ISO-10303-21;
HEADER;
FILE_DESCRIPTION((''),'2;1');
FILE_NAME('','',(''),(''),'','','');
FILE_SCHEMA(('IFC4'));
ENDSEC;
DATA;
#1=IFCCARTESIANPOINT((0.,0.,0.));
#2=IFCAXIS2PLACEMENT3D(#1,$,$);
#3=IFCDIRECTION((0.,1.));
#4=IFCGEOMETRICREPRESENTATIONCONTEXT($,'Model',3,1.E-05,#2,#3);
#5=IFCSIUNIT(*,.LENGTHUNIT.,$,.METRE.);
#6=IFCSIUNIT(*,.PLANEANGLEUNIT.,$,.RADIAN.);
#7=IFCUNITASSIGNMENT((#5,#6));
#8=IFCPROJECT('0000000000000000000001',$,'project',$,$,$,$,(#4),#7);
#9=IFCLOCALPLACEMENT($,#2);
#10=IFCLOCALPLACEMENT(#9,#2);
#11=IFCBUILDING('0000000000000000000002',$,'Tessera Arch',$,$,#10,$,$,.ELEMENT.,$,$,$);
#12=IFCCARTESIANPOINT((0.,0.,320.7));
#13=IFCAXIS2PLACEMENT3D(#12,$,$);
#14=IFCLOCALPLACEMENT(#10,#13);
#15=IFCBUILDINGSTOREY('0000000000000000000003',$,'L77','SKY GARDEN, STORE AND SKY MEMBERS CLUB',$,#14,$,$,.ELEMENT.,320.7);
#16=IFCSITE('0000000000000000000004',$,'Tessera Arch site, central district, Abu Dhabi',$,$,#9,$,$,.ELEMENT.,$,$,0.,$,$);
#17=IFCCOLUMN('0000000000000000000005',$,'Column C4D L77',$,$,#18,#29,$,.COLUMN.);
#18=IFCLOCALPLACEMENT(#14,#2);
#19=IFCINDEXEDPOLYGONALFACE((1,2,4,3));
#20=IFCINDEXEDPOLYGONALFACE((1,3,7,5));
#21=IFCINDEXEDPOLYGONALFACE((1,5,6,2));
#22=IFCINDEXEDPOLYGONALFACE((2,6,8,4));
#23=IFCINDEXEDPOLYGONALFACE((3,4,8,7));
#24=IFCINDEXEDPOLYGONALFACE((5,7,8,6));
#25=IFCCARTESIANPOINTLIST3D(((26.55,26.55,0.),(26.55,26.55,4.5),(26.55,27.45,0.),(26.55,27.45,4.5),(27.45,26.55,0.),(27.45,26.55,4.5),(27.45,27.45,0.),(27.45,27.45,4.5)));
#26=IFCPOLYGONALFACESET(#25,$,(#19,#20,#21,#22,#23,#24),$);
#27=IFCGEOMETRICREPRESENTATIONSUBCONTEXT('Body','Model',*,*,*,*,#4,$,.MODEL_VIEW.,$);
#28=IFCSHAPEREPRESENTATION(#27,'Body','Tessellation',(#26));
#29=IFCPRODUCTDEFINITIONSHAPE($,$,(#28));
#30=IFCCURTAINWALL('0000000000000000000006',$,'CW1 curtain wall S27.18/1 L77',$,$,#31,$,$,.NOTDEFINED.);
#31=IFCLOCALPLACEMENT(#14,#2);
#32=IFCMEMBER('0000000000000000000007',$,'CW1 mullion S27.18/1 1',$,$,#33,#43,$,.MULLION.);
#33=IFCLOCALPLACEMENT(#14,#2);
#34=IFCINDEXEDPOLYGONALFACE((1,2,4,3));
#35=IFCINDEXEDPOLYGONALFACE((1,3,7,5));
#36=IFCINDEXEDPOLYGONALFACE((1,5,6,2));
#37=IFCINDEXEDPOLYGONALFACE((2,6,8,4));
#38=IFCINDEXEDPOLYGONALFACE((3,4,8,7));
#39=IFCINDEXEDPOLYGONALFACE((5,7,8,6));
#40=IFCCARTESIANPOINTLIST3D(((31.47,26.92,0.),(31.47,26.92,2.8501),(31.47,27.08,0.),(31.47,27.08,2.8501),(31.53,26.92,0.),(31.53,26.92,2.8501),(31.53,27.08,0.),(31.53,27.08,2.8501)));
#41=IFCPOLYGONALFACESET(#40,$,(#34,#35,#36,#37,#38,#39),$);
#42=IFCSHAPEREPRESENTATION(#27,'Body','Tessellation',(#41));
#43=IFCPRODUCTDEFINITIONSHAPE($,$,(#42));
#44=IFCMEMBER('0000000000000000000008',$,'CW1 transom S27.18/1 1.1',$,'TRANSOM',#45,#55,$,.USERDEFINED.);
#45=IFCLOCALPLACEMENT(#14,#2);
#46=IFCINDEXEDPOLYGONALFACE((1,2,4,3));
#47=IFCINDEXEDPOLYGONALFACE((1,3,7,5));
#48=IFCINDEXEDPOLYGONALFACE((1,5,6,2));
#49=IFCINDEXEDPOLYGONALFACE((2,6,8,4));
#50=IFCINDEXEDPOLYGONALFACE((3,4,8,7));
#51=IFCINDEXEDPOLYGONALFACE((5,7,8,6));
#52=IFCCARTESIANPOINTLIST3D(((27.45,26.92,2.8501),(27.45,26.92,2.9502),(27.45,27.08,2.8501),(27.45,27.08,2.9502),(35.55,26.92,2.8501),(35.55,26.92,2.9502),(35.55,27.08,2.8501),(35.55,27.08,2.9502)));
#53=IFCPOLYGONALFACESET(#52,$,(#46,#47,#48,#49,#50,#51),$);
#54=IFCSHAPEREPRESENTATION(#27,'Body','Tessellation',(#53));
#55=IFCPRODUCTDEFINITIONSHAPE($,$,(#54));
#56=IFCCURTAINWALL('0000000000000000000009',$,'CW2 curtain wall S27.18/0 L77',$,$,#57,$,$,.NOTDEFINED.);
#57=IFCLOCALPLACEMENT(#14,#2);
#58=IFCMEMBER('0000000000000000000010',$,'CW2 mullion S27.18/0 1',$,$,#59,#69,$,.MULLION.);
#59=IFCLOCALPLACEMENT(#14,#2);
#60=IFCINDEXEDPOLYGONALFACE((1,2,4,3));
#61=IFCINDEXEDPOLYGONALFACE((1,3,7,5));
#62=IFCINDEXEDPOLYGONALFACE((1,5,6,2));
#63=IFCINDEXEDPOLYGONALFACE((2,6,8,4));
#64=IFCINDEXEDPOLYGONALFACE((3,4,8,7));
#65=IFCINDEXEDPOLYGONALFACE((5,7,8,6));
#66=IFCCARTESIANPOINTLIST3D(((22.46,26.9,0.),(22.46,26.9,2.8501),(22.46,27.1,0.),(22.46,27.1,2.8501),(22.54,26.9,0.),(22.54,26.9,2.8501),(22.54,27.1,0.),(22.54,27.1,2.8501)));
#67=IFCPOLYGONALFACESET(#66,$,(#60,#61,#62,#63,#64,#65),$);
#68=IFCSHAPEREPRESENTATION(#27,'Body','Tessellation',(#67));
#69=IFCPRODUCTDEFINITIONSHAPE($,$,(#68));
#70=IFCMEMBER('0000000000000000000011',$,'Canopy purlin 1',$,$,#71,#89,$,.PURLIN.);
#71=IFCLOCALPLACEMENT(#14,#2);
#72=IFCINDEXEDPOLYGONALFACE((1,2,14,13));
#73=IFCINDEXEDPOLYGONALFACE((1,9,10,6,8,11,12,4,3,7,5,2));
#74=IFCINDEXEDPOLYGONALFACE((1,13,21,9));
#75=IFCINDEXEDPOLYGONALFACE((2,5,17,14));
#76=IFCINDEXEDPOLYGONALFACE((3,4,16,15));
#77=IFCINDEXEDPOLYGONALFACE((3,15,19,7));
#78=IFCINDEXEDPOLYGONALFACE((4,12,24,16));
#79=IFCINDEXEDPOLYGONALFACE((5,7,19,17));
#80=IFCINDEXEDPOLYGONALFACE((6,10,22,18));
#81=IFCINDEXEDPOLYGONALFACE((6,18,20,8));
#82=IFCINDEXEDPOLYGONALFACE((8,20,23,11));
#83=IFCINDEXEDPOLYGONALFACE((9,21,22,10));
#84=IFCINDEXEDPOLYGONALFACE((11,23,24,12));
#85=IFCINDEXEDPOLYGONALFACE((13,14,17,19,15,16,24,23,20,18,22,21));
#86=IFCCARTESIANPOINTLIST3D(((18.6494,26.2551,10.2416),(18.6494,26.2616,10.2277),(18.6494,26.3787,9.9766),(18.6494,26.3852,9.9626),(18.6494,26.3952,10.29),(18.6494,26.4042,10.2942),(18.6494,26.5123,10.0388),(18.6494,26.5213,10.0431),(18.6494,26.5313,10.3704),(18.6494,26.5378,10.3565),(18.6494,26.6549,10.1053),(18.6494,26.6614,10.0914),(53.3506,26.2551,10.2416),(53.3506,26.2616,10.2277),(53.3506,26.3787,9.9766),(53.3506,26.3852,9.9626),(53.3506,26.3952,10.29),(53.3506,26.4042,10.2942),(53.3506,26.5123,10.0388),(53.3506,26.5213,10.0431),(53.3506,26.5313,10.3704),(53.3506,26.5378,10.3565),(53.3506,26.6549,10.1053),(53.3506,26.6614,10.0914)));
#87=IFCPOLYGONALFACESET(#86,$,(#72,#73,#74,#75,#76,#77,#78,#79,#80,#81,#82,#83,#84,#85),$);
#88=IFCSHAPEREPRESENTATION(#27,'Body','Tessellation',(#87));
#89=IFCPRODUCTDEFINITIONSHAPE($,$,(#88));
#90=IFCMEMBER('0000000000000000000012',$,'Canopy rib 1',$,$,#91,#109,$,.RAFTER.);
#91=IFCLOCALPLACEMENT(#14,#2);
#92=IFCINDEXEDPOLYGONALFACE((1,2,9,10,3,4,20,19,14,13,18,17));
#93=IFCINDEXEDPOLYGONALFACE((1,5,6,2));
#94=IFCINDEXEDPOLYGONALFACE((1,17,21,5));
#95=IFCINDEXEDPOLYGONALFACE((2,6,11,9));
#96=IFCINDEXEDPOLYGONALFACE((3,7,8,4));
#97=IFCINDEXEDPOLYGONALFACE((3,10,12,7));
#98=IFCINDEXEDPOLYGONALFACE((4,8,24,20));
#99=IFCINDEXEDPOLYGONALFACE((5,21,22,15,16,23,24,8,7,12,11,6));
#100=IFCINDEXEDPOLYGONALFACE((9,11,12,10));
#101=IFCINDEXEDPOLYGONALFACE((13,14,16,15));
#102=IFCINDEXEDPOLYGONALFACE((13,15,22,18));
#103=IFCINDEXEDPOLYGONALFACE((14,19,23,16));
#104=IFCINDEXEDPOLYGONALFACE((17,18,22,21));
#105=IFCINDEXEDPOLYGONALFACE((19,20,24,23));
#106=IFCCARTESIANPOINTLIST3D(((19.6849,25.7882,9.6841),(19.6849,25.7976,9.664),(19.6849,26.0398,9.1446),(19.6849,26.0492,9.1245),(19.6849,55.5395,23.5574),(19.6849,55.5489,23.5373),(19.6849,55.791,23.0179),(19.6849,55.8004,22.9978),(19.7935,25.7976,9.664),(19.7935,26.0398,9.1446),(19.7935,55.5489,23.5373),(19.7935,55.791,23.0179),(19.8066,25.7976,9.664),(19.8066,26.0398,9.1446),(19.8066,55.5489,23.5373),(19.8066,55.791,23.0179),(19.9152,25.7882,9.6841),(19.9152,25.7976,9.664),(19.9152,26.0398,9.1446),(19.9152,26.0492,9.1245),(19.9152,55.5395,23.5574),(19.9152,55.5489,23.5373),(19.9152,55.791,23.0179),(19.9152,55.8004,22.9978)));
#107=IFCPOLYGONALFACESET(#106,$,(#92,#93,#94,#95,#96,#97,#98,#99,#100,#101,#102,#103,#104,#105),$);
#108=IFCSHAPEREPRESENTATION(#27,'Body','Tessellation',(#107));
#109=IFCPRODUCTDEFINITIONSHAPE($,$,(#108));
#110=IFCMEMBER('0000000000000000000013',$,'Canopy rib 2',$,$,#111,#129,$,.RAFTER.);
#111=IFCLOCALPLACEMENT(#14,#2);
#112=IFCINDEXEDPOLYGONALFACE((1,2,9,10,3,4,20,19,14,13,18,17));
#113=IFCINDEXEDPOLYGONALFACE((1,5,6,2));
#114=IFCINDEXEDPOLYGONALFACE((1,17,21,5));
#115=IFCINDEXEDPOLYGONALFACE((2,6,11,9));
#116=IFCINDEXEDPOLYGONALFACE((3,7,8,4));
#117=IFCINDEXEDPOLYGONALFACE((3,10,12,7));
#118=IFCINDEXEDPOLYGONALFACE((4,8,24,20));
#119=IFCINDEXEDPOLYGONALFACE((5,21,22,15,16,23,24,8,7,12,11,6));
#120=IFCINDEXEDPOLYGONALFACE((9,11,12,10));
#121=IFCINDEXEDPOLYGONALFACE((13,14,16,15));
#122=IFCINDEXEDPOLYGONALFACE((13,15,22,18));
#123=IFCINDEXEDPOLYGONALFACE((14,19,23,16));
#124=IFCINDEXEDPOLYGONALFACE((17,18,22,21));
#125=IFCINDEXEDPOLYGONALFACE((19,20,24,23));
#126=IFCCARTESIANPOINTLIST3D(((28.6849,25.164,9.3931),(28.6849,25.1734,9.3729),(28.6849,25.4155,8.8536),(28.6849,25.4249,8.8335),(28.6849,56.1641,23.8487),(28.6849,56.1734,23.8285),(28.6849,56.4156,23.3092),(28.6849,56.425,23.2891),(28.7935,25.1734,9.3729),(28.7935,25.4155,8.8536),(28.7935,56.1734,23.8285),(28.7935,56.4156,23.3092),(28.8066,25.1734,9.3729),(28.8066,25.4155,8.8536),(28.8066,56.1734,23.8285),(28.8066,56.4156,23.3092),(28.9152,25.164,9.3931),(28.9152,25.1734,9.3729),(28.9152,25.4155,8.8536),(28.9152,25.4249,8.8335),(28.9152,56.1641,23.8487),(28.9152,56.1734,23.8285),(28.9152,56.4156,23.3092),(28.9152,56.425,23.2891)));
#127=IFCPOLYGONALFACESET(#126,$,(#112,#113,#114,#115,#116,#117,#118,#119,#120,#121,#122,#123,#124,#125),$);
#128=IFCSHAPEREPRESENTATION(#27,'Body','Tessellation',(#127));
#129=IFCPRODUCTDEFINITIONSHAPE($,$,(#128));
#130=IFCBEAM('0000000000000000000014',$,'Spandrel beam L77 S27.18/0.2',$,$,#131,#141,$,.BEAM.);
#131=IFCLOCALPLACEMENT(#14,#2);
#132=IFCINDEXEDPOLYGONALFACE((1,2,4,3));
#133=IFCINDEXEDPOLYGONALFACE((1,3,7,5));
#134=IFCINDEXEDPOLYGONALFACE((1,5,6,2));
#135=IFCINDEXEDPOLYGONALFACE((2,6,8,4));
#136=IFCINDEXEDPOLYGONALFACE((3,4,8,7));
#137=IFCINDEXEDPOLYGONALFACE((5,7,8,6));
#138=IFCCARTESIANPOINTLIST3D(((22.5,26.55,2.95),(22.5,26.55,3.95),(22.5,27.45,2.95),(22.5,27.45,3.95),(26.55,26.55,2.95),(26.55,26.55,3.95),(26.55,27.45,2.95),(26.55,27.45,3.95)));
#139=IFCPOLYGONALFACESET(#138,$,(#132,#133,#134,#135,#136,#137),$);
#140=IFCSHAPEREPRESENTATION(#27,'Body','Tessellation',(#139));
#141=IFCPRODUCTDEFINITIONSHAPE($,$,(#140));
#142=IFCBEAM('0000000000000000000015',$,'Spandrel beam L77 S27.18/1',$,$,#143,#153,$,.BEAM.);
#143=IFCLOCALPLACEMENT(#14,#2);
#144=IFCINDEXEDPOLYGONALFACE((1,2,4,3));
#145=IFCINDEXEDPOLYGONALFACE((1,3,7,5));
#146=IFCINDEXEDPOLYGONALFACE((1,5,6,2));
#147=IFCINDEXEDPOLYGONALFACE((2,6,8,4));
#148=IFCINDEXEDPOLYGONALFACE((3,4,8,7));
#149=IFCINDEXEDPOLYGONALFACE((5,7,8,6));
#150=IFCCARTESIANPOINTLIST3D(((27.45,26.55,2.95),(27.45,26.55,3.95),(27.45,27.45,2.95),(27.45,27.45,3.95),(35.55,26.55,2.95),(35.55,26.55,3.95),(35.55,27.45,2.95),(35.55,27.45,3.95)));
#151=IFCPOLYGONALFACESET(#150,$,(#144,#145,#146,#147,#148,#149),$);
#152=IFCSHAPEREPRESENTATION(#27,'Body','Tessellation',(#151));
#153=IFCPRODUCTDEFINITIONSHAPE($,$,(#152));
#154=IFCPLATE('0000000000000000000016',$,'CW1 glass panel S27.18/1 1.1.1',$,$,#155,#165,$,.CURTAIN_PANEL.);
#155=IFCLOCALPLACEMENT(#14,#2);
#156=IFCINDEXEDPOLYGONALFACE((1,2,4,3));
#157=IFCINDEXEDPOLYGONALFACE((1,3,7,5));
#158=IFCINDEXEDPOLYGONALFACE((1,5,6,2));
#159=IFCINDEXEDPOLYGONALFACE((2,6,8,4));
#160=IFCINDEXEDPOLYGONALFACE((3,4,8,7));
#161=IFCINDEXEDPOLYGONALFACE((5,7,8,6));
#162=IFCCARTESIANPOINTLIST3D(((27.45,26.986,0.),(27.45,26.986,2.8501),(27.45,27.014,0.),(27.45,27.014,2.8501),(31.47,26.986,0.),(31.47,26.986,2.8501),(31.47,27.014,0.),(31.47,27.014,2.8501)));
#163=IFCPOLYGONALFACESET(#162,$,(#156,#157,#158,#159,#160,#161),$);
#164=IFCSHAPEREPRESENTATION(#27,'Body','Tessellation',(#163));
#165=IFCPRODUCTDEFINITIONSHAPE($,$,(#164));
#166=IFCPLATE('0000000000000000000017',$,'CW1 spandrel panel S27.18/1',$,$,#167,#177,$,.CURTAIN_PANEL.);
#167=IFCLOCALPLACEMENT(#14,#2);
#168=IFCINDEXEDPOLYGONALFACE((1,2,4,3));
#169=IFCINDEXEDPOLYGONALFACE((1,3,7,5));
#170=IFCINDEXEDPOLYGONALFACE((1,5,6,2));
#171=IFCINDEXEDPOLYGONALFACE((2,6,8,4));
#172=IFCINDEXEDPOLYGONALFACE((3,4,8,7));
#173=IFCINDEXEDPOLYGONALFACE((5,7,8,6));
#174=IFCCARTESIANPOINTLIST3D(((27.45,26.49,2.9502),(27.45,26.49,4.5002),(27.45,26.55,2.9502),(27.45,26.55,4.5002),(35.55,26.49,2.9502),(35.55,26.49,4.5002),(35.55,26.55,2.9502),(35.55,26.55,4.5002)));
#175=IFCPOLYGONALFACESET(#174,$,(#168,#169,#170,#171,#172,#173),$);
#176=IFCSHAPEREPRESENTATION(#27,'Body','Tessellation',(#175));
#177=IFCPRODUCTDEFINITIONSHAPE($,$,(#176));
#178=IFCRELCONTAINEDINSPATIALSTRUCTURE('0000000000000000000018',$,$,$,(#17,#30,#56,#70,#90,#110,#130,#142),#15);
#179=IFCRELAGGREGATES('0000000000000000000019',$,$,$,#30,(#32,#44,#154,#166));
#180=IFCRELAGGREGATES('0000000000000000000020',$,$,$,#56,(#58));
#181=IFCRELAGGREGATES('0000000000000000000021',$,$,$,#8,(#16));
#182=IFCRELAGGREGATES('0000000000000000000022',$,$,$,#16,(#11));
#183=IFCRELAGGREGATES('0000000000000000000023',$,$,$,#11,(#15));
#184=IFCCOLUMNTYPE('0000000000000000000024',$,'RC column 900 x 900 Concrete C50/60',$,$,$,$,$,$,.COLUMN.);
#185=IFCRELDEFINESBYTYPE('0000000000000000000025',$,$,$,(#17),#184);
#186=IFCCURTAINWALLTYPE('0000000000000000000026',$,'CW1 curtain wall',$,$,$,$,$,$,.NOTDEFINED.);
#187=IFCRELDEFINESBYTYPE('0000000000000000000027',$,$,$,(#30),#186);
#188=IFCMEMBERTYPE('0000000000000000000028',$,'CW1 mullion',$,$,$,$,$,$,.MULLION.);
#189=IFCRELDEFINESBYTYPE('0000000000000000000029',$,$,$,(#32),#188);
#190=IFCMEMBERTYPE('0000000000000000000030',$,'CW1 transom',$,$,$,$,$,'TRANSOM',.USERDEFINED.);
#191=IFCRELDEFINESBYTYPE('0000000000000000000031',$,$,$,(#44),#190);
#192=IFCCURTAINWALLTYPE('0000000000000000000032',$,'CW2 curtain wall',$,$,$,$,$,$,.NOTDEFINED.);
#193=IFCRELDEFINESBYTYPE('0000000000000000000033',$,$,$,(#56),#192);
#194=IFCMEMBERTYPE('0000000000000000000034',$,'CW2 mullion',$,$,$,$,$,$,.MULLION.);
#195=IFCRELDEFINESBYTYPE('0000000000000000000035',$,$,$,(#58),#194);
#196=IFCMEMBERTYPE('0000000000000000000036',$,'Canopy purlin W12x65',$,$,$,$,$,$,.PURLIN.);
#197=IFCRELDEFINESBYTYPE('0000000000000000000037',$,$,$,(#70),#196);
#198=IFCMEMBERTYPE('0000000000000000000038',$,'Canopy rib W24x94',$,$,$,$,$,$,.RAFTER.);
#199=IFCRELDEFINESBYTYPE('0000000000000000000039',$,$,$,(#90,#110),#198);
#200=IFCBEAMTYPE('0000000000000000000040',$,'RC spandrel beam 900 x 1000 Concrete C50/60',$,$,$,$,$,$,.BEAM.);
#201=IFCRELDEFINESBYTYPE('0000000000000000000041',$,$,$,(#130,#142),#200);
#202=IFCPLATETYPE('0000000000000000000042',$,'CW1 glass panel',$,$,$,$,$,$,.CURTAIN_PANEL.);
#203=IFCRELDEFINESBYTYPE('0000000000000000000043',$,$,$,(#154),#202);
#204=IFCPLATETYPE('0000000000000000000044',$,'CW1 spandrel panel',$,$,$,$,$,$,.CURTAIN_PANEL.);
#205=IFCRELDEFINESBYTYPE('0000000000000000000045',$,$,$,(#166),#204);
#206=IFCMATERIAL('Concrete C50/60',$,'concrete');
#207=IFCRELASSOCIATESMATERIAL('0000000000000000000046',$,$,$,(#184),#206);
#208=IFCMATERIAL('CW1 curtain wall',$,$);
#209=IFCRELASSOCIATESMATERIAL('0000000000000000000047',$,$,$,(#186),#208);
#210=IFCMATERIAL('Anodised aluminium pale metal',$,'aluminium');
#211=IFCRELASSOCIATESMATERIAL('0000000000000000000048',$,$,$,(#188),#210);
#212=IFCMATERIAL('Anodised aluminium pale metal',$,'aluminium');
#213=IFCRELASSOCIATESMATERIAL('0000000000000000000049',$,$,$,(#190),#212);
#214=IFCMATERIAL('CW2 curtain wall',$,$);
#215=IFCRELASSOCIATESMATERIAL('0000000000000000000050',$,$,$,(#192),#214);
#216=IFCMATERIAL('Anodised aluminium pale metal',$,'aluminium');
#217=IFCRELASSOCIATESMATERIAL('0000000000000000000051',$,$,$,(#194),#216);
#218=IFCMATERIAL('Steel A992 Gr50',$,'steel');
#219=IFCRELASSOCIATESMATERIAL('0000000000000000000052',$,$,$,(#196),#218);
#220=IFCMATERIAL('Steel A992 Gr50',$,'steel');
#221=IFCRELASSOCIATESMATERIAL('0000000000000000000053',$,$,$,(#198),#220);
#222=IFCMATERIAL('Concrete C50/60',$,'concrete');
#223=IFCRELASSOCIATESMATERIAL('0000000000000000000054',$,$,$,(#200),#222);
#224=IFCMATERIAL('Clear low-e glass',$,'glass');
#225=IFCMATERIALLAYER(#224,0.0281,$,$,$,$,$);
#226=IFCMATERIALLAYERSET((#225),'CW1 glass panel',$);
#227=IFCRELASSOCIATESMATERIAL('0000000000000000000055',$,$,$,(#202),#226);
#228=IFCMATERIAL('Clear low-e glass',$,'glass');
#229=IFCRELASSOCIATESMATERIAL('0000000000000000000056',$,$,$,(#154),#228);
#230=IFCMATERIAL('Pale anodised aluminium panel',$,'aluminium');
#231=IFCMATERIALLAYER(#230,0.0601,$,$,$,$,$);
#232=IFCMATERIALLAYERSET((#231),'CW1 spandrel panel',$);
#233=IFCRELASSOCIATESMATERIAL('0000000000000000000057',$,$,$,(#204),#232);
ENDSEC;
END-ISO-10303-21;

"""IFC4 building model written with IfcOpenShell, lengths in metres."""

from ifc_helpers import new_model, si_unit, direction, frame, origin, origin_2d, place, context, subcontext, project, spatial, rectangle, i_section, extrude, material, layer, layer_set, material_profile, profile_set, type_object, element, aggregate, save


model = new_model("IFC4")

# Units and contexts
model_context = context("Model", 3, precision=1e-05, world=origin(), true_north=direction((0.0, 1.0)))
body_context = subcontext(model_context, "Body", "Model", "MODEL_VIEW")
ifc_project = project(units=[si_unit("LENGTHUNIT", "METRE"), si_unit("PLANEANGLEUNIT", "RADIAN")], contexts=[model_context])

# Site, building, storey
site_placement = place(None, origin())
site = spatial("IfcSite", under=ifc_project, at=site_placement, Name="Tessera Arch site, central district, Abu Dhabi", CompositionType="ELEMENT", RefElevation=0.0)
building_placement = place(site_placement, origin())
building = spatial("IfcBuilding", under=site, at=building_placement, Name="Tessera Arch", CompositionType="ELEMENT")
storey_placement = place(building_placement, frame((0.0, 0.0, 320.7)))
storey = spatial("IfcBuildingStorey", under=building, at=storey_placement, Name="L77", Description="SKY GARDEN, STORE AND SKY MEMBERS CLUB", CompositionType="ELEMENT", Elevation=320.7)

# Column
ifc_material_1 = material(Name="Concrete C50/60", Category="concrete")
ifc_material_profile_1 = material_profile(ifc_material_1, rectangle(XDim=0.8999, YDim=0.8999, at=origin_2d()), Name="RC column 900 x 900 Concrete C50/60")
ifc_profile_set_1 = profile_set([ifc_material_profile_1], Name="Concrete C50/60")
column_type = type_object("IfcColumnType", Name="RC column 900 x 900 Concrete C50/60", PredefinedType="COLUMN", material=ifc_profile_set_1)
column_placement = place(storey_placement, frame((27.0, 27.0, 0.0), z_axis=(0.0, 0.0, 1.0), x_axis=(1.0, 0.0, 0.0)))
element("IfcColumn", 1, at=column_placement, inside=storey, type_object=column_type, Name="Column C4D L77", PredefinedType="COLUMN", context=body_context, shape_type="SweptSolid", body=[
    extrude(rectangle(XDim=0.8999, YDim=0.8999, at=origin_2d()), origin(), (0.0, 0.0, 1.0), 4.5),
])

# Curtain wall, members
ifc_material_2 = material(Name="CW1 curtain wall")
curtain_wall_type_1 = type_object("IfcCurtainWallType", Name="CW1 curtain wall", PredefinedType="NOTDEFINED", material=ifc_material_2)
curtain_wall_1_placement = place(storey_placement, origin())
curtain_wall_1 = element("IfcCurtainWall", 2, at=curtain_wall_1_placement, inside=storey, type_object=curtain_wall_type_1, Name="CW1 curtain wall S27.18/1 L77", PredefinedType="NOTDEFINED")
ifc_material_3 = material(Name="Anodised aluminium pale metal", Category="aluminium")
ifc_material_profile_2 = material_profile(ifc_material_3, rectangle(XDim=0.1599, YDim=0.0601, at=origin_2d()), Name="AL 60x160")
ifc_profile_set_2 = profile_set([ifc_material_profile_2], Name="Anodised aluminium pale metal")
member_type_1 = type_object("IfcMemberType", Name="CW1 mullion", PredefinedType="MULLION", material=ifc_profile_set_2)
member_1_placement = place(storey_placement, frame((31.5, 27.0, 0.0), z_axis=(0.0, 0.0, 1.0), x_axis=(0.0, 1.0, 0.0)))
member_1 = element("IfcMember", 3, at=member_1_placement, type_object=member_type_1, Name="CW1 mullion S27.18/1 1", PredefinedType="MULLION", context=body_context, shape_type="SweptSolid", body=[
    extrude(rectangle(XDim=0.1599, YDim=0.0601, at=origin_2d()), origin(), (0.0, 0.0, 1.0), 2.8501),
])
ifc_material_4 = material(Name="Anodised aluminium pale metal", Category="aluminium")
ifc_material_profile_3 = material_profile(ifc_material_4, rectangle(XDim=0.1599, YDim=0.1001, at=origin_2d()), Name="AL 160x100")
ifc_profile_set_3 = profile_set([ifc_material_profile_3], Name="Anodised aluminium pale metal")
member_type_2 = type_object("IfcMemberType", Name="CW1 transom", ElementType="TRANSOM", PredefinedType="USERDEFINED", material=ifc_profile_set_3)
member_2_placement = place(storey_placement, frame((27.45, 27.0, 2.9001), z_axis=(1.0, 0.0, 0.0), x_axis=(0.0, 1.0, 0.0)))
member_2 = element("IfcMember", 4, at=member_2_placement, type_object=member_type_2, Name="CW1 transom S27.18/1 1.1", ObjectType="TRANSOM", PredefinedType="USERDEFINED", context=body_context, shape_type="SweptSolid", body=[
    extrude(rectangle(XDim=0.1599, YDim=0.1001, at=origin_2d()), origin(), (0.0, 0.0, 1.0), 8.1001),
])

# Curtain wall, member
ifc_material_5 = material(Name="CW2 curtain wall")
curtain_wall_type_2 = type_object("IfcCurtainWallType", Name="CW2 curtain wall", PredefinedType="NOTDEFINED", material=ifc_material_5)
curtain_wall_2_placement = place(storey_placement, origin())
curtain_wall_2 = element("IfcCurtainWall", 5, at=curtain_wall_2_placement, inside=storey, type_object=curtain_wall_type_2, Name="CW2 curtain wall S27.18/0 L77", PredefinedType="NOTDEFINED")
ifc_material_6 = material(Name="Anodised aluminium pale metal", Category="aluminium")
ifc_material_profile_4 = material_profile(ifc_material_6, rectangle(XDim=0.2, YDim=0.0801, at=origin_2d()), Name="AL 80x200")
ifc_profile_set_4 = profile_set([ifc_material_profile_4], Name="Anodised aluminium pale metal")
member_type_3 = type_object("IfcMemberType", Name="CW2 mullion", PredefinedType="MULLION", material=ifc_profile_set_4)
member_3_placement = place(storey_placement, frame((22.5, 27.0, 0.0), z_axis=(0.0, 0.0, 1.0), x_axis=(0.0, 1.0, 0.0)))
member_3 = element("IfcMember", 6, at=member_3_placement, type_object=member_type_3, Name="CW2 mullion S27.18/0 1", PredefinedType="MULLION", context=body_context, shape_type="SweptSolid", body=[
    extrude(rectangle(XDim=0.2, YDim=0.0801, at=origin_2d()), origin(), (0.0, 0.0, 1.0), 2.8501),
])

# Members
ifc_material_7 = material(Name="Steel A992 Gr50", Category="steel")
ifc_material_profile_5 = material_profile(ifc_material_7, i_section(OverallWidth=0.3047, OverallDepth=0.3079, WebThickness=0.01, FlangeThickness=0.0154, at=origin_2d()), Name="W12x65")
ifc_profile_set_5 = profile_set([ifc_material_profile_5], Name="Steel A992 Gr50")
member_type_4 = type_object("IfcMemberType", Name="Canopy purlin W12x65", PredefinedType="PURLIN", material=ifc_profile_set_5)
member_4_placement = place(storey_placement, frame((18.6494, 26.4583, 10.1665), z_axis=(1.0, 0.0, 0.0), x_axis=(0.0, 0.906308, 0.422618)))
element("IfcMember", 7, at=member_4_placement, inside=storey, type_object=member_type_4, Name="Canopy purlin 1", PredefinedType="PURLIN", context=body_context, shape_type="SweptSolid", body=[
    extrude(i_section(OverallWidth=0.3047, OverallDepth=0.3079, WebThickness=0.01, FlangeThickness=0.0154, at=origin_2d()), origin(), (0.0, 0.0, 1.0), 34.7012),
])
ifc_material_8 = material(Name="Steel A992 Gr50", Category="steel")
ifc_material_profile_6 = material_profile(ifc_material_8, i_section(OverallWidth=0.2302, OverallDepth=0.6174, WebThickness=0.0132, FlangeThickness=0.0222, at=origin_2d()), Name="W24x94")
ifc_profile_set_6 = profile_set([ifc_material_profile_6], Name="Steel A992 Gr50")
member_type_5 = type_object("IfcMemberType", Name="Canopy rib W24x94", PredefinedType="RAFTER", material=ifc_profile_set_6)
member_5_placement = place(storey_placement, frame((19.8, 25.9187, 9.4043), z_axis=(0.0, 0.906307, 0.42262), x_axis=(-1.0, 0.0, 0.0)))
element("IfcMember", 8, at=member_5_placement, inside=storey, type_object=member_type_5, Name="Canopy rib 1", PredefinedType="RAFTER", context=body_context, shape_type="SweptSolid", body=[
    extrude(i_section(OverallWidth=0.2302, OverallDepth=0.6174, WebThickness=0.0132, FlangeThickness=0.0222, at=origin_2d()), origin(), (0.0, 0.0, 1.0), 32.8269),
])
member_6_placement = place(storey_placement, frame((28.8, 25.2944, 9.1133), z_axis=(0.0, 0.906307, 0.422619), x_axis=(-1.0, 0.0, 0.0)))
element("IfcMember", 9, at=member_6_placement, inside=storey, type_object=member_type_5, Name="Canopy rib 2", PredefinedType="RAFTER", context=body_context, shape_type="SweptSolid", body=[
    extrude(i_section(OverallWidth=0.2302, OverallDepth=0.6174, WebThickness=0.0132, FlangeThickness=0.0222, at=origin_2d()), origin(), (0.0, 0.0, 1.0), 34.2048),
])

# Beams
ifc_material_9 = material(Name="Concrete C50/60", Category="concrete")
ifc_material_profile_7 = material_profile(ifc_material_9, rectangle(XDim=0.8999, YDim=1.0, at=origin_2d()), Name="RC spandrel beam 900 x 1000 Concrete C50/60")
ifc_profile_set_7 = profile_set([ifc_material_profile_7], Name="Concrete C50/60")
beam_type = type_object("IfcBeamType", Name="RC spandrel beam 900 x 1000 Concrete C50/60", PredefinedType="BEAM", material=ifc_profile_set_7)
beam_1_placement = place(storey_placement, frame((22.5, 27.0, 3.45), z_axis=(1.0, 0.0, 0.0), x_axis=(0.0, 1.0, 0.0)))
element("IfcBeam", 10, at=beam_1_placement, inside=storey, type_object=beam_type, Name="Spandrel beam L77 S27.18/0.2", PredefinedType="BEAM", context=body_context, shape_type="SweptSolid", body=[
    extrude(rectangle(XDim=0.8999, YDim=1.0, at=origin_2d()), origin(), (0.0, 0.0, 1.0), 4.05),
])
beam_2_placement = place(storey_placement, frame((27.45, 27.0, 3.45), z_axis=(1.0, 0.0, 0.0), x_axis=(0.0, 1.0, 0.0)))
element("IfcBeam", 11, at=beam_2_placement, inside=storey, type_object=beam_type, Name="Spandrel beam L77 S27.18/1", PredefinedType="BEAM", context=body_context, shape_type="SweptSolid", body=[
    extrude(rectangle(XDim=0.8999, YDim=1.0, at=origin_2d()), origin(), (0.0, 0.0, 1.0), 8.1001),
])

# Plates
ifc_material_10 = material(Name="Clear low-e glass", Category="glass")
ifc_material_11 = material(Name="Clear low-e glass", Category="glass")
ifc_layer_1 = layer(ifc_material_11, 0.0281)
ifc_layer_set_1 = layer_set([ifc_layer_1], Name="CW1 glass panel")
plate_type_1 = type_object("IfcPlateType", Name="CW1 glass panel", PredefinedType="CURTAIN_PANEL", material=ifc_layer_set_1)
plate_1_placement = place(storey_placement, frame((29.46, 27.0, 0.0), z_axis=(0.0, 0.0, 1.0), x_axis=(1.0, 0.0, 0.0)))
plate_1 = element("IfcPlate", 12, at=plate_1_placement, type_object=plate_type_1, material=ifc_material_10, Name="CW1 glass panel S27.18/1 1.1.1", PredefinedType="CURTAIN_PANEL", context=body_context, shape_type="SweptSolid", body=[
    extrude(rectangle(XDim=4.02, YDim=0.0281, at=origin_2d()), origin(), (0.0, 0.0, 1.0), 2.8501),
])
ifc_material_12 = material(Name="Pale anodised aluminium panel", Category="aluminium")
ifc_layer_2 = layer(ifc_material_12, 0.0601)
ifc_layer_set_2 = layer_set([ifc_layer_2], Name="CW1 spandrel panel")
plate_type_2 = type_object("IfcPlateType", Name="CW1 spandrel panel", PredefinedType="CURTAIN_PANEL", material=ifc_layer_set_2)
plate_2_placement = place(storey_placement, frame((31.5, 26.52, 2.9502), z_axis=(0.0, 0.0, 1.0), x_axis=(1.0, 0.0, 0.0)))
plate_2 = element("IfcPlate", 13, at=plate_2_placement, type_object=plate_type_2, Name="CW1 spandrel panel S27.18/1", PredefinedType="CURTAIN_PANEL", context=body_context, shape_type="SweptSolid", body=[
    extrude(rectangle(XDim=8.1001, YDim=0.0601, at=origin_2d()), origin(), (0.0, 0.0, 1.0), 1.55),
])
aggregate(curtain_wall_1, [member_1, member_2, plate_1, plate_2])
aggregate(curtain_wall_2, [member_3])

save(model, "model.ifc")
